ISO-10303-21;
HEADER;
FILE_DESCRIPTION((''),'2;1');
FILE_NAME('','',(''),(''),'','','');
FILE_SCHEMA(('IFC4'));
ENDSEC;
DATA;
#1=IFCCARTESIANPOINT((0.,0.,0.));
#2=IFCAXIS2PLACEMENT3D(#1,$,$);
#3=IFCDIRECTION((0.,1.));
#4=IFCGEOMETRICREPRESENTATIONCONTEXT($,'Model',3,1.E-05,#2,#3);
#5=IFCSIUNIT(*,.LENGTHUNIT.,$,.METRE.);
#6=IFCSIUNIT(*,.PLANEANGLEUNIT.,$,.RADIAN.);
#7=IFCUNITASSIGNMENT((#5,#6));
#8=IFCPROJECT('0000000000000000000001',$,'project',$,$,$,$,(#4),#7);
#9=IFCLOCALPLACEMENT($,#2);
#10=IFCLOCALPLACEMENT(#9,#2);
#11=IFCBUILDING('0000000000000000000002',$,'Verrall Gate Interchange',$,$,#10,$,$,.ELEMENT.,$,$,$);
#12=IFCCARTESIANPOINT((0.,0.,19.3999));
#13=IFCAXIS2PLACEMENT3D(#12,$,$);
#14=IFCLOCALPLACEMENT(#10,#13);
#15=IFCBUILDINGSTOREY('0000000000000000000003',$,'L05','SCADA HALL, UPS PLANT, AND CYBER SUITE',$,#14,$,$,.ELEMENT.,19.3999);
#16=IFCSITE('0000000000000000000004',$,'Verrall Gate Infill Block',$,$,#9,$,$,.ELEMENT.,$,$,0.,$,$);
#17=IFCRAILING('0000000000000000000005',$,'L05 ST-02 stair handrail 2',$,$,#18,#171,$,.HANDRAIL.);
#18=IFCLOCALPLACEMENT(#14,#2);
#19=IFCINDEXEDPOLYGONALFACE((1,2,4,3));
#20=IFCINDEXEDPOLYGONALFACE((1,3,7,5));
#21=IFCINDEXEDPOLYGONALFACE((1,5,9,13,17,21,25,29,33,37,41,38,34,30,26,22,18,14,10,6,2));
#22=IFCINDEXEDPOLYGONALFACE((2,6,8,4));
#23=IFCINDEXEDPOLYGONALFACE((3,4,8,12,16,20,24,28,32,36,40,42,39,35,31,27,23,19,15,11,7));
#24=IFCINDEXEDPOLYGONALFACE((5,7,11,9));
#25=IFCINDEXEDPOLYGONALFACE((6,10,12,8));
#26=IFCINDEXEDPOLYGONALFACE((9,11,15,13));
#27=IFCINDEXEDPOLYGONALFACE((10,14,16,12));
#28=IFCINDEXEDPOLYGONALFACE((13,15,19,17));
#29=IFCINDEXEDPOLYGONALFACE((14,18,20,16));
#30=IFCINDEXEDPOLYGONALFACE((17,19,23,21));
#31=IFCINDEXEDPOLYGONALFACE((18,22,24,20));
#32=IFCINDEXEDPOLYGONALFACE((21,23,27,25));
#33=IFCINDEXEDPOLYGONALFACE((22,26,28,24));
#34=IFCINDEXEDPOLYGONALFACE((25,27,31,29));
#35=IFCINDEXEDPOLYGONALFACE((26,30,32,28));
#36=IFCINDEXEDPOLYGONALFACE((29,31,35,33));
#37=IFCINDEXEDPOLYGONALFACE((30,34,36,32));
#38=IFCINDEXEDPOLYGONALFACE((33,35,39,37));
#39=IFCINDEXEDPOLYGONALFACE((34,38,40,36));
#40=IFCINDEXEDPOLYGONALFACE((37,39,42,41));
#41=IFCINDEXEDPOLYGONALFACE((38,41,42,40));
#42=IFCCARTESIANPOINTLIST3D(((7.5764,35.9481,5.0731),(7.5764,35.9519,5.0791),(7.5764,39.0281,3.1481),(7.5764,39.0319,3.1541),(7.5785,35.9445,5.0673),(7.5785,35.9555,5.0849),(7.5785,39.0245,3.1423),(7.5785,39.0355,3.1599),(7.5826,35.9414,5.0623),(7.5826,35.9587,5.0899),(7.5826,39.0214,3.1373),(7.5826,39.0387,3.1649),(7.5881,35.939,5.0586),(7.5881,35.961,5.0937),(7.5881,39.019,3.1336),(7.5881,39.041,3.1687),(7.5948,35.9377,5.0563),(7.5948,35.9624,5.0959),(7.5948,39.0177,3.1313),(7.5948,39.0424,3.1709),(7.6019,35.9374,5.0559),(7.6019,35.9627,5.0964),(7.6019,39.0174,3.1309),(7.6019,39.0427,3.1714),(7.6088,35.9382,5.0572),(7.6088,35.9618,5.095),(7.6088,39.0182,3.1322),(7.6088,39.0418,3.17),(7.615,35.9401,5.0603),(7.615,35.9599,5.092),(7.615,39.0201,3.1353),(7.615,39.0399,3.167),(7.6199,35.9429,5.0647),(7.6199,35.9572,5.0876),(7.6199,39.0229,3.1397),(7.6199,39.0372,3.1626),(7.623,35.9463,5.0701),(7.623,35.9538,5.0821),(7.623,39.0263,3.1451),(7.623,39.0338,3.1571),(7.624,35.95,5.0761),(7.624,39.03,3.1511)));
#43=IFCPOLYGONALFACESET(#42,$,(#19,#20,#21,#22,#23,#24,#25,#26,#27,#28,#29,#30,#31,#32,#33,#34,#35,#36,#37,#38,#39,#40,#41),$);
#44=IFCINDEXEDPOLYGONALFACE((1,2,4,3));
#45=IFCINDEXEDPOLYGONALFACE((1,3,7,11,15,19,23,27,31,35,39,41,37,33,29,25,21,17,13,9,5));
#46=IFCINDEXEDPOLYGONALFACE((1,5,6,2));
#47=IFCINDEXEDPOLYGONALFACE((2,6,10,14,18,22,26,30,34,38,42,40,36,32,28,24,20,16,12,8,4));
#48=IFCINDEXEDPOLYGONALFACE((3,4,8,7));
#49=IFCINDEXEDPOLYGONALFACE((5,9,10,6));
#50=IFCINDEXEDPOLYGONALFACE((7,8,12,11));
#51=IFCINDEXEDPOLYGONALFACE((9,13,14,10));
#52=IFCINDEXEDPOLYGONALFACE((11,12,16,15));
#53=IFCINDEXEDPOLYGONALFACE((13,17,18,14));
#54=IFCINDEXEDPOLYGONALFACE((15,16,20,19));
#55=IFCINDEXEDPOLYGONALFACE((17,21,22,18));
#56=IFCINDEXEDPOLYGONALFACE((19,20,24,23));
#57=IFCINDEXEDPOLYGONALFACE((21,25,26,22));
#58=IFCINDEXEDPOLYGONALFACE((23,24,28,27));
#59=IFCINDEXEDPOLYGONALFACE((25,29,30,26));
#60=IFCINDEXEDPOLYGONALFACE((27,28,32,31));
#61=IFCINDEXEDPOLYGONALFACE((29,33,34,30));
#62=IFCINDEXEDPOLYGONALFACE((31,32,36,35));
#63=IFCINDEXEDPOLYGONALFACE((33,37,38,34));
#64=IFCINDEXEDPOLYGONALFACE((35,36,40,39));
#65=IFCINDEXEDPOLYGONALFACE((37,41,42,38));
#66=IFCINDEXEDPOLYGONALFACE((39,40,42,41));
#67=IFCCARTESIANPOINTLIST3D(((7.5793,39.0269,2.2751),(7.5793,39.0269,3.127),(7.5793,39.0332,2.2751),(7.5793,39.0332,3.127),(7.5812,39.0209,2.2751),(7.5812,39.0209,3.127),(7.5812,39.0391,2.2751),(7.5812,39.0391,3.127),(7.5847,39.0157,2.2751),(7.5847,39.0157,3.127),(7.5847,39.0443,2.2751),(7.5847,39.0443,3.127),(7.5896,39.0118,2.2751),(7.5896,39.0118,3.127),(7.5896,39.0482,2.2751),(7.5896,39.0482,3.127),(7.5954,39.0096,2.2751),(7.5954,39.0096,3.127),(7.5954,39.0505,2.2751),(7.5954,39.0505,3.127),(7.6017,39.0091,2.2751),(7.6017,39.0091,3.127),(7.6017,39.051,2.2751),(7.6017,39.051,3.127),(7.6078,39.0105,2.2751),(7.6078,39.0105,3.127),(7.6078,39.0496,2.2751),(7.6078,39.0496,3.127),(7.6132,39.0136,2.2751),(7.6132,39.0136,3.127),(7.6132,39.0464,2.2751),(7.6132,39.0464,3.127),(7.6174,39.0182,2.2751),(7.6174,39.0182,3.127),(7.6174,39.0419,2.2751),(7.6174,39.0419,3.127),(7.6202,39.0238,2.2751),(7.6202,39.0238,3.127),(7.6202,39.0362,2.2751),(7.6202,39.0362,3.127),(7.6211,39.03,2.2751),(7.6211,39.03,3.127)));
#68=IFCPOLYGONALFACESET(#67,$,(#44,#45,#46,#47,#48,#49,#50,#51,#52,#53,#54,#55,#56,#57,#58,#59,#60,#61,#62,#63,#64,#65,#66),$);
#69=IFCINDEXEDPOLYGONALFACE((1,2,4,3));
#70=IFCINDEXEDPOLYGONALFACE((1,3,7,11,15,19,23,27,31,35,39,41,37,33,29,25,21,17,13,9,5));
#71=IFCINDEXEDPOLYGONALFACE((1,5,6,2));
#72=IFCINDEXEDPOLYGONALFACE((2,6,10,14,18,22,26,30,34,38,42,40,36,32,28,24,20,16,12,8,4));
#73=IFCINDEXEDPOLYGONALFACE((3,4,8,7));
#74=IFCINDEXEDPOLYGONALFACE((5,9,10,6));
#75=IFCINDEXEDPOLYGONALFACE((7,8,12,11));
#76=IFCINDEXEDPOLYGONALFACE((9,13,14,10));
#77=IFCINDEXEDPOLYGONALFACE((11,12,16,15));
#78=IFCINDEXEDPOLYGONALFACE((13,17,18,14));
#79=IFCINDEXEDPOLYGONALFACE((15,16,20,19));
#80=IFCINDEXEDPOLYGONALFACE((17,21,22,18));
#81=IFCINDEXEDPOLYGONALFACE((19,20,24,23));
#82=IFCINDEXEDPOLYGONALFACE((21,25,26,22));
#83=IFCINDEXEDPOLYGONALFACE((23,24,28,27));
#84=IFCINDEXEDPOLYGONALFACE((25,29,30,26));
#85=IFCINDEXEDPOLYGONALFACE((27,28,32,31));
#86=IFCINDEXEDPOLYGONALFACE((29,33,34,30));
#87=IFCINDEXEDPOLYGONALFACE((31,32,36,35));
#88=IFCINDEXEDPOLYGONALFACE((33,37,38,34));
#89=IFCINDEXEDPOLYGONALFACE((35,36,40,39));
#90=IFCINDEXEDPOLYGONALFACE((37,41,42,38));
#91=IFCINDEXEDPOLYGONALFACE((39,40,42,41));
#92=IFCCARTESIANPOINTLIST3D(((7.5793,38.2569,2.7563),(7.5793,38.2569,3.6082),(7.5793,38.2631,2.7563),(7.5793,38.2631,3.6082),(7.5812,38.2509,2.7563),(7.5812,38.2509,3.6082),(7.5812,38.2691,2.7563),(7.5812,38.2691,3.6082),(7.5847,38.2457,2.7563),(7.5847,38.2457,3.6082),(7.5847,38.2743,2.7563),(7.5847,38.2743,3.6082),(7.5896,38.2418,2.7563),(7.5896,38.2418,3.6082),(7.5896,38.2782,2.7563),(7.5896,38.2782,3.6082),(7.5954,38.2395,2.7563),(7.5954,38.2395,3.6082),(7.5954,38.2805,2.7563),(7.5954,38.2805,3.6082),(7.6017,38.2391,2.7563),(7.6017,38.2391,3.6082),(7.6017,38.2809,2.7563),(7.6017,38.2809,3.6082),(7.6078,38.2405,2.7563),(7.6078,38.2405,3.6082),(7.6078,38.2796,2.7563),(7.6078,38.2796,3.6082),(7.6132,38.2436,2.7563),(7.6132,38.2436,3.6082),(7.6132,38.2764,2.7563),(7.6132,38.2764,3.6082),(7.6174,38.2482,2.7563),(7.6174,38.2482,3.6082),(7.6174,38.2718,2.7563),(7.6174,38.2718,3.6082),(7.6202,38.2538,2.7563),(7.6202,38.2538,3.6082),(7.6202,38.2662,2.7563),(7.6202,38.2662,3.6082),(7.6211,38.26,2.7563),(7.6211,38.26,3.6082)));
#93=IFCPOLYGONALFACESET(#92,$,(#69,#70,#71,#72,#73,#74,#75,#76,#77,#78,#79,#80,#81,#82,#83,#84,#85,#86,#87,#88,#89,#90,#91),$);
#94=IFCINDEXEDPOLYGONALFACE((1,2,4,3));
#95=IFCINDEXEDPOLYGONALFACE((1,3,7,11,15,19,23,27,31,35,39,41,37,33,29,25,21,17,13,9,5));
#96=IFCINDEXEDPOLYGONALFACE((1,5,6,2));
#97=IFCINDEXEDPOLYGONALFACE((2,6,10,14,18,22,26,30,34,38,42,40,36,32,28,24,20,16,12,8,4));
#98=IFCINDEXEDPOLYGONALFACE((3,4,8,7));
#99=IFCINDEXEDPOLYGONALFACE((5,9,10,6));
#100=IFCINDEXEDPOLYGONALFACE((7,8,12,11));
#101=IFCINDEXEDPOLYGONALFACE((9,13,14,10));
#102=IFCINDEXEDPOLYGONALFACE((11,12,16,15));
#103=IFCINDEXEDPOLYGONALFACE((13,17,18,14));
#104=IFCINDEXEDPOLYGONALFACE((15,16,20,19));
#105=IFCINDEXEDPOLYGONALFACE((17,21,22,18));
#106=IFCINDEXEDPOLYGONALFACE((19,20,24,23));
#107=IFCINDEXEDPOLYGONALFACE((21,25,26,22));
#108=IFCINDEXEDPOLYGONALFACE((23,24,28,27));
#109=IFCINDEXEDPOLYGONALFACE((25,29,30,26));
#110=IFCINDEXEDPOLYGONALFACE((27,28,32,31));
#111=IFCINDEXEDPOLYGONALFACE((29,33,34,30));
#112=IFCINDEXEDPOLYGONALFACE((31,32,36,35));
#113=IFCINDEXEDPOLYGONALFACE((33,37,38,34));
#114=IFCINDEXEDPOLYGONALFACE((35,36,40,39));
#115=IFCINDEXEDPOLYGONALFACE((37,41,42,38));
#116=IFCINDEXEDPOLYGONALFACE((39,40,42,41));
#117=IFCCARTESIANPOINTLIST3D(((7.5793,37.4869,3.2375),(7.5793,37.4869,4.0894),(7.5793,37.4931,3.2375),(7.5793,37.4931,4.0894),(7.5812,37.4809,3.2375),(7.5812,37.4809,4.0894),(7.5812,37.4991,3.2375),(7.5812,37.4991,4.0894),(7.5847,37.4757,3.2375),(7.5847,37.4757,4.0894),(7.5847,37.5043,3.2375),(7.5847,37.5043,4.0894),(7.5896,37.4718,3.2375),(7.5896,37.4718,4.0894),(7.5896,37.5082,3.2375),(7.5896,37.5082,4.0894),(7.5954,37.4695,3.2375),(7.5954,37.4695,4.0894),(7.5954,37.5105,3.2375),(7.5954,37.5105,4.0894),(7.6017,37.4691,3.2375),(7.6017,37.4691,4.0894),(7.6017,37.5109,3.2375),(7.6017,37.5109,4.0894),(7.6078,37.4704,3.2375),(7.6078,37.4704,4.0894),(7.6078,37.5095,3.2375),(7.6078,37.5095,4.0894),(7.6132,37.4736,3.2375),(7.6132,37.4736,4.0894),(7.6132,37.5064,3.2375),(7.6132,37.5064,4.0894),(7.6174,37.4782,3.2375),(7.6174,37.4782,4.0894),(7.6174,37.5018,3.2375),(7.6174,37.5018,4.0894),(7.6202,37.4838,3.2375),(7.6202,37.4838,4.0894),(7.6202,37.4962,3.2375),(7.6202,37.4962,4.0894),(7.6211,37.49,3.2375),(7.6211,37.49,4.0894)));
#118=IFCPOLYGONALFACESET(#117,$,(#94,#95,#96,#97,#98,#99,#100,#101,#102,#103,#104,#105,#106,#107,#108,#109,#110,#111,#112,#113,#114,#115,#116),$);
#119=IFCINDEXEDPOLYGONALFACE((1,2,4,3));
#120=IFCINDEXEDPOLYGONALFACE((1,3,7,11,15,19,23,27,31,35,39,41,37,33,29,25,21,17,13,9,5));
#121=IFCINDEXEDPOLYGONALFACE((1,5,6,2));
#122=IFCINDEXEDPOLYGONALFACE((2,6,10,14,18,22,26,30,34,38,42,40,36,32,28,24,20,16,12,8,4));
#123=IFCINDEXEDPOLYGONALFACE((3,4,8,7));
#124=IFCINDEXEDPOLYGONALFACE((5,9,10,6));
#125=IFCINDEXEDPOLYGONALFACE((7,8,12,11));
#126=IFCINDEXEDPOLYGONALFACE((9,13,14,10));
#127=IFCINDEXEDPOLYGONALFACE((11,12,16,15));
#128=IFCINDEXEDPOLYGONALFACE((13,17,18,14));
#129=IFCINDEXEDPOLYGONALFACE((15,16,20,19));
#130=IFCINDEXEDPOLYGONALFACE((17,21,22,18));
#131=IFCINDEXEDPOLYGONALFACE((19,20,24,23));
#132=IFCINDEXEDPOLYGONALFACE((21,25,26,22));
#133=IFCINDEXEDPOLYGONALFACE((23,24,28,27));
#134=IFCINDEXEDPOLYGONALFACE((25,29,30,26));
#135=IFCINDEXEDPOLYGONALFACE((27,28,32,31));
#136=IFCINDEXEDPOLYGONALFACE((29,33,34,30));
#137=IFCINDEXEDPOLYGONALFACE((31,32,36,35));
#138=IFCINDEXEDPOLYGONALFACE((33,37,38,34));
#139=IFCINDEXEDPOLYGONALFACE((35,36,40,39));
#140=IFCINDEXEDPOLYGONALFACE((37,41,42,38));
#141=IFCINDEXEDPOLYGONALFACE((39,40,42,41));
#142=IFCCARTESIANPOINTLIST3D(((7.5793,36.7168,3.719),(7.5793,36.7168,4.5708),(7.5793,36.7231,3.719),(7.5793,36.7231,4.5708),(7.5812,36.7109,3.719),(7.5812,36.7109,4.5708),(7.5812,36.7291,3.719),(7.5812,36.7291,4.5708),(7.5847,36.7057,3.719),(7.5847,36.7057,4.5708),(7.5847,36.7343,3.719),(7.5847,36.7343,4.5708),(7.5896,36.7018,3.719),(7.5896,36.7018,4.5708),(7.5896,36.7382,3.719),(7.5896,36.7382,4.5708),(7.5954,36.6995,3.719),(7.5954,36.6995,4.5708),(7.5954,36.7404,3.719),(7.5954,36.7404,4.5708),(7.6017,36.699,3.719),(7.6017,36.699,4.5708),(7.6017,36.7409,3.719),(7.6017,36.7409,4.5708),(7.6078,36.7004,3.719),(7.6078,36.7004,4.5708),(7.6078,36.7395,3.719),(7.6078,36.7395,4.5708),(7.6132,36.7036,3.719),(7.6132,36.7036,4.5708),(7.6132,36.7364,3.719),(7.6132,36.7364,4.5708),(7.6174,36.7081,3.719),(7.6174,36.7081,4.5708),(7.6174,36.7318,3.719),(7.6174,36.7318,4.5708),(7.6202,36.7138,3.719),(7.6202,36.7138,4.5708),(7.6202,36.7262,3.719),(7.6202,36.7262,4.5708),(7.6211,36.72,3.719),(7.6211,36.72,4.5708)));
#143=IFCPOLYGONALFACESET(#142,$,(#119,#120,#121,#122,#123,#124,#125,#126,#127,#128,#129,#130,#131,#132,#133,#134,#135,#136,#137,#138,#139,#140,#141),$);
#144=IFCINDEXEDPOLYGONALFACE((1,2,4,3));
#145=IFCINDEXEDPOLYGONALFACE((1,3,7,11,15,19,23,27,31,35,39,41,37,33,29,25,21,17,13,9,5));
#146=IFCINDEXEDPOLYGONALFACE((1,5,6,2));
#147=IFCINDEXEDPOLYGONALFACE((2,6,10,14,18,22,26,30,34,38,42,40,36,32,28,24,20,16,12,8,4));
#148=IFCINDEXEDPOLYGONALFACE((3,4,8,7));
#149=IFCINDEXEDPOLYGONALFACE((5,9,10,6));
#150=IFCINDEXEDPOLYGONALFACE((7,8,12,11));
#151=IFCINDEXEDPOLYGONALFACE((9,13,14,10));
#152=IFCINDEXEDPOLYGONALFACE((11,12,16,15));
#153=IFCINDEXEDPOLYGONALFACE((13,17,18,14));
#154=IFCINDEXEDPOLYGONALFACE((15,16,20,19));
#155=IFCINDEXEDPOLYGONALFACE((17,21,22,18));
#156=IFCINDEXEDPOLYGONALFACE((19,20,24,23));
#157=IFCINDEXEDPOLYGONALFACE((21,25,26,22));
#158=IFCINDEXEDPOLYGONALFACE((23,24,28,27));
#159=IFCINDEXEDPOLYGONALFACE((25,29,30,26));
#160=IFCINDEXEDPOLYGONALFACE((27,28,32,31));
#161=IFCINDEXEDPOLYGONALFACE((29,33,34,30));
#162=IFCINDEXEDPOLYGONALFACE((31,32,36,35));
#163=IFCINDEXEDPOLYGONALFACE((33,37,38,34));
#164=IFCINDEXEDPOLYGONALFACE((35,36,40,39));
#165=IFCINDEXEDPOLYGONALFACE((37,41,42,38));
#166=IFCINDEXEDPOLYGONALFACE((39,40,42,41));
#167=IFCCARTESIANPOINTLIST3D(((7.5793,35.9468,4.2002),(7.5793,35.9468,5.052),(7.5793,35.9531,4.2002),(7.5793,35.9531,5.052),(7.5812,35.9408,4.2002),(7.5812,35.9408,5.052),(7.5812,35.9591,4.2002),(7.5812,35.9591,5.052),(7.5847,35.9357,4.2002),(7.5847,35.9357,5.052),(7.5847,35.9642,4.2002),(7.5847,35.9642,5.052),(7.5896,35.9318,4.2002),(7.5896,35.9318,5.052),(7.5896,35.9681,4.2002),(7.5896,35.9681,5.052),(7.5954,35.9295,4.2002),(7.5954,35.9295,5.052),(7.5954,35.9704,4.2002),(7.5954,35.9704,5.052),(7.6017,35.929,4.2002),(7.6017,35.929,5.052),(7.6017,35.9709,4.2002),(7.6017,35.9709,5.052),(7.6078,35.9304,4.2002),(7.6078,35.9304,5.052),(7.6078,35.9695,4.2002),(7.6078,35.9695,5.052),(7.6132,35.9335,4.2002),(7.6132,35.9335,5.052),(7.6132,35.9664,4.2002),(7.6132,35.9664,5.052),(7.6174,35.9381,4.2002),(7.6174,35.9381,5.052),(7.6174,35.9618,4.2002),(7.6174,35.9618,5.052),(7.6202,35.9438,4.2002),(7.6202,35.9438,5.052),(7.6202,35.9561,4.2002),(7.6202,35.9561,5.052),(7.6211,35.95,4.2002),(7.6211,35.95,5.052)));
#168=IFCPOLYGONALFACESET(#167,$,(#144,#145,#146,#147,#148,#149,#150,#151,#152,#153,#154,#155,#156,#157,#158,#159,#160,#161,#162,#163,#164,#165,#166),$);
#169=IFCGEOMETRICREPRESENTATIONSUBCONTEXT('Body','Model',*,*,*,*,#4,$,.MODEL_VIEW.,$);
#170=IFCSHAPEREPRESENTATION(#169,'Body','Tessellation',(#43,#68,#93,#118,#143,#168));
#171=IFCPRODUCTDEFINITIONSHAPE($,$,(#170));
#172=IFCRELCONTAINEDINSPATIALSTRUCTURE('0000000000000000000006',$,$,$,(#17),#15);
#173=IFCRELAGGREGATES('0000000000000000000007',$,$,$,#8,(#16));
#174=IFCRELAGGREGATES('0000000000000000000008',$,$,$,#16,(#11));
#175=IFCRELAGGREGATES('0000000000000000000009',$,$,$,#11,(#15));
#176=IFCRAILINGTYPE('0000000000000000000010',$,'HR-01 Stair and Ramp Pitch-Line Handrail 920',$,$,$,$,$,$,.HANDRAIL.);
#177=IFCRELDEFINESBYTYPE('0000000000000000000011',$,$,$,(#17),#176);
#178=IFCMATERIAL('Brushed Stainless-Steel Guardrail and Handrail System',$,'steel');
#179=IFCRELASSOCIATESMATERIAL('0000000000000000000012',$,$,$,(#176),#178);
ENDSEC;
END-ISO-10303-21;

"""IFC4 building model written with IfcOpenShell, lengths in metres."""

from ifc_helpers import new_model, si_unit, direction, frame, origin, origin_2d, place, context, subcontext, project, spatial, circle, extrude, material, type_object, element, save


model = new_model("IFC4")

# Units and contexts
model_context = context("Model", 3, precision=1e-05, world=origin(), true_north=direction((0.0, 1.0)))
body_context = subcontext(model_context, "Body", "Model", "MODEL_VIEW")
ifc_project = project(units=[si_unit("LENGTHUNIT", "METRE"), si_unit("PLANEANGLEUNIT", "RADIAN")], contexts=[model_context])

# Site, building, storey
site_placement = place(None, origin())
site = spatial("IfcSite", under=ifc_project, at=site_placement, Name="Verrall Gate Infill Block", CompositionType="ELEMENT", RefElevation=0.0)
building_placement = place(site_placement, origin())
building = spatial("IfcBuilding", under=site, at=building_placement, Name="Verrall Gate Interchange", CompositionType="ELEMENT")
storey_placement = place(building_placement, frame((0.0, 0.0, 19.3999)))
storey = spatial("IfcBuildingStorey", under=building, at=storey_placement, Name="L05", Description="SCADA HALL, UPS PLANT, AND CYBER SUITE", CompositionType="ELEMENT", Elevation=19.3999)

# Railing
ifc_material_1 = material(Name="Brushed Stainless-Steel Guardrail and Handrail System", Category="steel")
railing_type_1 = type_object("IfcRailingType", Name="HR-01 Stair and Ramp Pitch-Line Handrail 920", PredefinedType="HANDRAIL", material=ifc_material_1)
railing_1_placement = place(storey_placement, frame((7.6001, 39.03, 2.2751)))
element("IfcRailing", 1, at=railing_1_placement, inside=storey, type_object=railing_type_1, Name="L05 ST-02 stair handrail 2", PredefinedType="HANDRAIL", context=body_context, shape_type="SweptSolid", body=[
    extrude(circle(Radius=0.0239, at=origin_2d()), frame((0.0, 0.0, 0.876), z_axis=(0.0, -0.847998, 0.529999), x_axis=(1.0, 0.0, 0.0)), (0.0, 0.0, 1.0), 3.6321),
    extrude(circle(Radius=0.021, at=origin_2d()), origin(), (0.0, 0.0, 1.0), 0.8518),
    extrude(circle(Radius=0.021, at=origin_2d()), frame((0.0, -0.77, 0.4812)), (0.0, 0.0, 1.0), 0.8518),
    extrude(circle(Radius=0.021, at=origin_2d()), frame((0.0, -1.54, 0.9624)), (0.0, 0.0, 1.0), 0.8518),
    extrude(circle(Radius=0.021, at=origin_2d()), frame((0.0, -2.3101, 1.4438)), (0.0, 0.0, 1.0), 0.8518),
    extrude(circle(Radius=0.021, at=origin_2d()), frame((0.0, -3.0801, 1.925)), (0.0, 0.0, 1.0), 0.8518),
])

save(model, "model.ifc")
